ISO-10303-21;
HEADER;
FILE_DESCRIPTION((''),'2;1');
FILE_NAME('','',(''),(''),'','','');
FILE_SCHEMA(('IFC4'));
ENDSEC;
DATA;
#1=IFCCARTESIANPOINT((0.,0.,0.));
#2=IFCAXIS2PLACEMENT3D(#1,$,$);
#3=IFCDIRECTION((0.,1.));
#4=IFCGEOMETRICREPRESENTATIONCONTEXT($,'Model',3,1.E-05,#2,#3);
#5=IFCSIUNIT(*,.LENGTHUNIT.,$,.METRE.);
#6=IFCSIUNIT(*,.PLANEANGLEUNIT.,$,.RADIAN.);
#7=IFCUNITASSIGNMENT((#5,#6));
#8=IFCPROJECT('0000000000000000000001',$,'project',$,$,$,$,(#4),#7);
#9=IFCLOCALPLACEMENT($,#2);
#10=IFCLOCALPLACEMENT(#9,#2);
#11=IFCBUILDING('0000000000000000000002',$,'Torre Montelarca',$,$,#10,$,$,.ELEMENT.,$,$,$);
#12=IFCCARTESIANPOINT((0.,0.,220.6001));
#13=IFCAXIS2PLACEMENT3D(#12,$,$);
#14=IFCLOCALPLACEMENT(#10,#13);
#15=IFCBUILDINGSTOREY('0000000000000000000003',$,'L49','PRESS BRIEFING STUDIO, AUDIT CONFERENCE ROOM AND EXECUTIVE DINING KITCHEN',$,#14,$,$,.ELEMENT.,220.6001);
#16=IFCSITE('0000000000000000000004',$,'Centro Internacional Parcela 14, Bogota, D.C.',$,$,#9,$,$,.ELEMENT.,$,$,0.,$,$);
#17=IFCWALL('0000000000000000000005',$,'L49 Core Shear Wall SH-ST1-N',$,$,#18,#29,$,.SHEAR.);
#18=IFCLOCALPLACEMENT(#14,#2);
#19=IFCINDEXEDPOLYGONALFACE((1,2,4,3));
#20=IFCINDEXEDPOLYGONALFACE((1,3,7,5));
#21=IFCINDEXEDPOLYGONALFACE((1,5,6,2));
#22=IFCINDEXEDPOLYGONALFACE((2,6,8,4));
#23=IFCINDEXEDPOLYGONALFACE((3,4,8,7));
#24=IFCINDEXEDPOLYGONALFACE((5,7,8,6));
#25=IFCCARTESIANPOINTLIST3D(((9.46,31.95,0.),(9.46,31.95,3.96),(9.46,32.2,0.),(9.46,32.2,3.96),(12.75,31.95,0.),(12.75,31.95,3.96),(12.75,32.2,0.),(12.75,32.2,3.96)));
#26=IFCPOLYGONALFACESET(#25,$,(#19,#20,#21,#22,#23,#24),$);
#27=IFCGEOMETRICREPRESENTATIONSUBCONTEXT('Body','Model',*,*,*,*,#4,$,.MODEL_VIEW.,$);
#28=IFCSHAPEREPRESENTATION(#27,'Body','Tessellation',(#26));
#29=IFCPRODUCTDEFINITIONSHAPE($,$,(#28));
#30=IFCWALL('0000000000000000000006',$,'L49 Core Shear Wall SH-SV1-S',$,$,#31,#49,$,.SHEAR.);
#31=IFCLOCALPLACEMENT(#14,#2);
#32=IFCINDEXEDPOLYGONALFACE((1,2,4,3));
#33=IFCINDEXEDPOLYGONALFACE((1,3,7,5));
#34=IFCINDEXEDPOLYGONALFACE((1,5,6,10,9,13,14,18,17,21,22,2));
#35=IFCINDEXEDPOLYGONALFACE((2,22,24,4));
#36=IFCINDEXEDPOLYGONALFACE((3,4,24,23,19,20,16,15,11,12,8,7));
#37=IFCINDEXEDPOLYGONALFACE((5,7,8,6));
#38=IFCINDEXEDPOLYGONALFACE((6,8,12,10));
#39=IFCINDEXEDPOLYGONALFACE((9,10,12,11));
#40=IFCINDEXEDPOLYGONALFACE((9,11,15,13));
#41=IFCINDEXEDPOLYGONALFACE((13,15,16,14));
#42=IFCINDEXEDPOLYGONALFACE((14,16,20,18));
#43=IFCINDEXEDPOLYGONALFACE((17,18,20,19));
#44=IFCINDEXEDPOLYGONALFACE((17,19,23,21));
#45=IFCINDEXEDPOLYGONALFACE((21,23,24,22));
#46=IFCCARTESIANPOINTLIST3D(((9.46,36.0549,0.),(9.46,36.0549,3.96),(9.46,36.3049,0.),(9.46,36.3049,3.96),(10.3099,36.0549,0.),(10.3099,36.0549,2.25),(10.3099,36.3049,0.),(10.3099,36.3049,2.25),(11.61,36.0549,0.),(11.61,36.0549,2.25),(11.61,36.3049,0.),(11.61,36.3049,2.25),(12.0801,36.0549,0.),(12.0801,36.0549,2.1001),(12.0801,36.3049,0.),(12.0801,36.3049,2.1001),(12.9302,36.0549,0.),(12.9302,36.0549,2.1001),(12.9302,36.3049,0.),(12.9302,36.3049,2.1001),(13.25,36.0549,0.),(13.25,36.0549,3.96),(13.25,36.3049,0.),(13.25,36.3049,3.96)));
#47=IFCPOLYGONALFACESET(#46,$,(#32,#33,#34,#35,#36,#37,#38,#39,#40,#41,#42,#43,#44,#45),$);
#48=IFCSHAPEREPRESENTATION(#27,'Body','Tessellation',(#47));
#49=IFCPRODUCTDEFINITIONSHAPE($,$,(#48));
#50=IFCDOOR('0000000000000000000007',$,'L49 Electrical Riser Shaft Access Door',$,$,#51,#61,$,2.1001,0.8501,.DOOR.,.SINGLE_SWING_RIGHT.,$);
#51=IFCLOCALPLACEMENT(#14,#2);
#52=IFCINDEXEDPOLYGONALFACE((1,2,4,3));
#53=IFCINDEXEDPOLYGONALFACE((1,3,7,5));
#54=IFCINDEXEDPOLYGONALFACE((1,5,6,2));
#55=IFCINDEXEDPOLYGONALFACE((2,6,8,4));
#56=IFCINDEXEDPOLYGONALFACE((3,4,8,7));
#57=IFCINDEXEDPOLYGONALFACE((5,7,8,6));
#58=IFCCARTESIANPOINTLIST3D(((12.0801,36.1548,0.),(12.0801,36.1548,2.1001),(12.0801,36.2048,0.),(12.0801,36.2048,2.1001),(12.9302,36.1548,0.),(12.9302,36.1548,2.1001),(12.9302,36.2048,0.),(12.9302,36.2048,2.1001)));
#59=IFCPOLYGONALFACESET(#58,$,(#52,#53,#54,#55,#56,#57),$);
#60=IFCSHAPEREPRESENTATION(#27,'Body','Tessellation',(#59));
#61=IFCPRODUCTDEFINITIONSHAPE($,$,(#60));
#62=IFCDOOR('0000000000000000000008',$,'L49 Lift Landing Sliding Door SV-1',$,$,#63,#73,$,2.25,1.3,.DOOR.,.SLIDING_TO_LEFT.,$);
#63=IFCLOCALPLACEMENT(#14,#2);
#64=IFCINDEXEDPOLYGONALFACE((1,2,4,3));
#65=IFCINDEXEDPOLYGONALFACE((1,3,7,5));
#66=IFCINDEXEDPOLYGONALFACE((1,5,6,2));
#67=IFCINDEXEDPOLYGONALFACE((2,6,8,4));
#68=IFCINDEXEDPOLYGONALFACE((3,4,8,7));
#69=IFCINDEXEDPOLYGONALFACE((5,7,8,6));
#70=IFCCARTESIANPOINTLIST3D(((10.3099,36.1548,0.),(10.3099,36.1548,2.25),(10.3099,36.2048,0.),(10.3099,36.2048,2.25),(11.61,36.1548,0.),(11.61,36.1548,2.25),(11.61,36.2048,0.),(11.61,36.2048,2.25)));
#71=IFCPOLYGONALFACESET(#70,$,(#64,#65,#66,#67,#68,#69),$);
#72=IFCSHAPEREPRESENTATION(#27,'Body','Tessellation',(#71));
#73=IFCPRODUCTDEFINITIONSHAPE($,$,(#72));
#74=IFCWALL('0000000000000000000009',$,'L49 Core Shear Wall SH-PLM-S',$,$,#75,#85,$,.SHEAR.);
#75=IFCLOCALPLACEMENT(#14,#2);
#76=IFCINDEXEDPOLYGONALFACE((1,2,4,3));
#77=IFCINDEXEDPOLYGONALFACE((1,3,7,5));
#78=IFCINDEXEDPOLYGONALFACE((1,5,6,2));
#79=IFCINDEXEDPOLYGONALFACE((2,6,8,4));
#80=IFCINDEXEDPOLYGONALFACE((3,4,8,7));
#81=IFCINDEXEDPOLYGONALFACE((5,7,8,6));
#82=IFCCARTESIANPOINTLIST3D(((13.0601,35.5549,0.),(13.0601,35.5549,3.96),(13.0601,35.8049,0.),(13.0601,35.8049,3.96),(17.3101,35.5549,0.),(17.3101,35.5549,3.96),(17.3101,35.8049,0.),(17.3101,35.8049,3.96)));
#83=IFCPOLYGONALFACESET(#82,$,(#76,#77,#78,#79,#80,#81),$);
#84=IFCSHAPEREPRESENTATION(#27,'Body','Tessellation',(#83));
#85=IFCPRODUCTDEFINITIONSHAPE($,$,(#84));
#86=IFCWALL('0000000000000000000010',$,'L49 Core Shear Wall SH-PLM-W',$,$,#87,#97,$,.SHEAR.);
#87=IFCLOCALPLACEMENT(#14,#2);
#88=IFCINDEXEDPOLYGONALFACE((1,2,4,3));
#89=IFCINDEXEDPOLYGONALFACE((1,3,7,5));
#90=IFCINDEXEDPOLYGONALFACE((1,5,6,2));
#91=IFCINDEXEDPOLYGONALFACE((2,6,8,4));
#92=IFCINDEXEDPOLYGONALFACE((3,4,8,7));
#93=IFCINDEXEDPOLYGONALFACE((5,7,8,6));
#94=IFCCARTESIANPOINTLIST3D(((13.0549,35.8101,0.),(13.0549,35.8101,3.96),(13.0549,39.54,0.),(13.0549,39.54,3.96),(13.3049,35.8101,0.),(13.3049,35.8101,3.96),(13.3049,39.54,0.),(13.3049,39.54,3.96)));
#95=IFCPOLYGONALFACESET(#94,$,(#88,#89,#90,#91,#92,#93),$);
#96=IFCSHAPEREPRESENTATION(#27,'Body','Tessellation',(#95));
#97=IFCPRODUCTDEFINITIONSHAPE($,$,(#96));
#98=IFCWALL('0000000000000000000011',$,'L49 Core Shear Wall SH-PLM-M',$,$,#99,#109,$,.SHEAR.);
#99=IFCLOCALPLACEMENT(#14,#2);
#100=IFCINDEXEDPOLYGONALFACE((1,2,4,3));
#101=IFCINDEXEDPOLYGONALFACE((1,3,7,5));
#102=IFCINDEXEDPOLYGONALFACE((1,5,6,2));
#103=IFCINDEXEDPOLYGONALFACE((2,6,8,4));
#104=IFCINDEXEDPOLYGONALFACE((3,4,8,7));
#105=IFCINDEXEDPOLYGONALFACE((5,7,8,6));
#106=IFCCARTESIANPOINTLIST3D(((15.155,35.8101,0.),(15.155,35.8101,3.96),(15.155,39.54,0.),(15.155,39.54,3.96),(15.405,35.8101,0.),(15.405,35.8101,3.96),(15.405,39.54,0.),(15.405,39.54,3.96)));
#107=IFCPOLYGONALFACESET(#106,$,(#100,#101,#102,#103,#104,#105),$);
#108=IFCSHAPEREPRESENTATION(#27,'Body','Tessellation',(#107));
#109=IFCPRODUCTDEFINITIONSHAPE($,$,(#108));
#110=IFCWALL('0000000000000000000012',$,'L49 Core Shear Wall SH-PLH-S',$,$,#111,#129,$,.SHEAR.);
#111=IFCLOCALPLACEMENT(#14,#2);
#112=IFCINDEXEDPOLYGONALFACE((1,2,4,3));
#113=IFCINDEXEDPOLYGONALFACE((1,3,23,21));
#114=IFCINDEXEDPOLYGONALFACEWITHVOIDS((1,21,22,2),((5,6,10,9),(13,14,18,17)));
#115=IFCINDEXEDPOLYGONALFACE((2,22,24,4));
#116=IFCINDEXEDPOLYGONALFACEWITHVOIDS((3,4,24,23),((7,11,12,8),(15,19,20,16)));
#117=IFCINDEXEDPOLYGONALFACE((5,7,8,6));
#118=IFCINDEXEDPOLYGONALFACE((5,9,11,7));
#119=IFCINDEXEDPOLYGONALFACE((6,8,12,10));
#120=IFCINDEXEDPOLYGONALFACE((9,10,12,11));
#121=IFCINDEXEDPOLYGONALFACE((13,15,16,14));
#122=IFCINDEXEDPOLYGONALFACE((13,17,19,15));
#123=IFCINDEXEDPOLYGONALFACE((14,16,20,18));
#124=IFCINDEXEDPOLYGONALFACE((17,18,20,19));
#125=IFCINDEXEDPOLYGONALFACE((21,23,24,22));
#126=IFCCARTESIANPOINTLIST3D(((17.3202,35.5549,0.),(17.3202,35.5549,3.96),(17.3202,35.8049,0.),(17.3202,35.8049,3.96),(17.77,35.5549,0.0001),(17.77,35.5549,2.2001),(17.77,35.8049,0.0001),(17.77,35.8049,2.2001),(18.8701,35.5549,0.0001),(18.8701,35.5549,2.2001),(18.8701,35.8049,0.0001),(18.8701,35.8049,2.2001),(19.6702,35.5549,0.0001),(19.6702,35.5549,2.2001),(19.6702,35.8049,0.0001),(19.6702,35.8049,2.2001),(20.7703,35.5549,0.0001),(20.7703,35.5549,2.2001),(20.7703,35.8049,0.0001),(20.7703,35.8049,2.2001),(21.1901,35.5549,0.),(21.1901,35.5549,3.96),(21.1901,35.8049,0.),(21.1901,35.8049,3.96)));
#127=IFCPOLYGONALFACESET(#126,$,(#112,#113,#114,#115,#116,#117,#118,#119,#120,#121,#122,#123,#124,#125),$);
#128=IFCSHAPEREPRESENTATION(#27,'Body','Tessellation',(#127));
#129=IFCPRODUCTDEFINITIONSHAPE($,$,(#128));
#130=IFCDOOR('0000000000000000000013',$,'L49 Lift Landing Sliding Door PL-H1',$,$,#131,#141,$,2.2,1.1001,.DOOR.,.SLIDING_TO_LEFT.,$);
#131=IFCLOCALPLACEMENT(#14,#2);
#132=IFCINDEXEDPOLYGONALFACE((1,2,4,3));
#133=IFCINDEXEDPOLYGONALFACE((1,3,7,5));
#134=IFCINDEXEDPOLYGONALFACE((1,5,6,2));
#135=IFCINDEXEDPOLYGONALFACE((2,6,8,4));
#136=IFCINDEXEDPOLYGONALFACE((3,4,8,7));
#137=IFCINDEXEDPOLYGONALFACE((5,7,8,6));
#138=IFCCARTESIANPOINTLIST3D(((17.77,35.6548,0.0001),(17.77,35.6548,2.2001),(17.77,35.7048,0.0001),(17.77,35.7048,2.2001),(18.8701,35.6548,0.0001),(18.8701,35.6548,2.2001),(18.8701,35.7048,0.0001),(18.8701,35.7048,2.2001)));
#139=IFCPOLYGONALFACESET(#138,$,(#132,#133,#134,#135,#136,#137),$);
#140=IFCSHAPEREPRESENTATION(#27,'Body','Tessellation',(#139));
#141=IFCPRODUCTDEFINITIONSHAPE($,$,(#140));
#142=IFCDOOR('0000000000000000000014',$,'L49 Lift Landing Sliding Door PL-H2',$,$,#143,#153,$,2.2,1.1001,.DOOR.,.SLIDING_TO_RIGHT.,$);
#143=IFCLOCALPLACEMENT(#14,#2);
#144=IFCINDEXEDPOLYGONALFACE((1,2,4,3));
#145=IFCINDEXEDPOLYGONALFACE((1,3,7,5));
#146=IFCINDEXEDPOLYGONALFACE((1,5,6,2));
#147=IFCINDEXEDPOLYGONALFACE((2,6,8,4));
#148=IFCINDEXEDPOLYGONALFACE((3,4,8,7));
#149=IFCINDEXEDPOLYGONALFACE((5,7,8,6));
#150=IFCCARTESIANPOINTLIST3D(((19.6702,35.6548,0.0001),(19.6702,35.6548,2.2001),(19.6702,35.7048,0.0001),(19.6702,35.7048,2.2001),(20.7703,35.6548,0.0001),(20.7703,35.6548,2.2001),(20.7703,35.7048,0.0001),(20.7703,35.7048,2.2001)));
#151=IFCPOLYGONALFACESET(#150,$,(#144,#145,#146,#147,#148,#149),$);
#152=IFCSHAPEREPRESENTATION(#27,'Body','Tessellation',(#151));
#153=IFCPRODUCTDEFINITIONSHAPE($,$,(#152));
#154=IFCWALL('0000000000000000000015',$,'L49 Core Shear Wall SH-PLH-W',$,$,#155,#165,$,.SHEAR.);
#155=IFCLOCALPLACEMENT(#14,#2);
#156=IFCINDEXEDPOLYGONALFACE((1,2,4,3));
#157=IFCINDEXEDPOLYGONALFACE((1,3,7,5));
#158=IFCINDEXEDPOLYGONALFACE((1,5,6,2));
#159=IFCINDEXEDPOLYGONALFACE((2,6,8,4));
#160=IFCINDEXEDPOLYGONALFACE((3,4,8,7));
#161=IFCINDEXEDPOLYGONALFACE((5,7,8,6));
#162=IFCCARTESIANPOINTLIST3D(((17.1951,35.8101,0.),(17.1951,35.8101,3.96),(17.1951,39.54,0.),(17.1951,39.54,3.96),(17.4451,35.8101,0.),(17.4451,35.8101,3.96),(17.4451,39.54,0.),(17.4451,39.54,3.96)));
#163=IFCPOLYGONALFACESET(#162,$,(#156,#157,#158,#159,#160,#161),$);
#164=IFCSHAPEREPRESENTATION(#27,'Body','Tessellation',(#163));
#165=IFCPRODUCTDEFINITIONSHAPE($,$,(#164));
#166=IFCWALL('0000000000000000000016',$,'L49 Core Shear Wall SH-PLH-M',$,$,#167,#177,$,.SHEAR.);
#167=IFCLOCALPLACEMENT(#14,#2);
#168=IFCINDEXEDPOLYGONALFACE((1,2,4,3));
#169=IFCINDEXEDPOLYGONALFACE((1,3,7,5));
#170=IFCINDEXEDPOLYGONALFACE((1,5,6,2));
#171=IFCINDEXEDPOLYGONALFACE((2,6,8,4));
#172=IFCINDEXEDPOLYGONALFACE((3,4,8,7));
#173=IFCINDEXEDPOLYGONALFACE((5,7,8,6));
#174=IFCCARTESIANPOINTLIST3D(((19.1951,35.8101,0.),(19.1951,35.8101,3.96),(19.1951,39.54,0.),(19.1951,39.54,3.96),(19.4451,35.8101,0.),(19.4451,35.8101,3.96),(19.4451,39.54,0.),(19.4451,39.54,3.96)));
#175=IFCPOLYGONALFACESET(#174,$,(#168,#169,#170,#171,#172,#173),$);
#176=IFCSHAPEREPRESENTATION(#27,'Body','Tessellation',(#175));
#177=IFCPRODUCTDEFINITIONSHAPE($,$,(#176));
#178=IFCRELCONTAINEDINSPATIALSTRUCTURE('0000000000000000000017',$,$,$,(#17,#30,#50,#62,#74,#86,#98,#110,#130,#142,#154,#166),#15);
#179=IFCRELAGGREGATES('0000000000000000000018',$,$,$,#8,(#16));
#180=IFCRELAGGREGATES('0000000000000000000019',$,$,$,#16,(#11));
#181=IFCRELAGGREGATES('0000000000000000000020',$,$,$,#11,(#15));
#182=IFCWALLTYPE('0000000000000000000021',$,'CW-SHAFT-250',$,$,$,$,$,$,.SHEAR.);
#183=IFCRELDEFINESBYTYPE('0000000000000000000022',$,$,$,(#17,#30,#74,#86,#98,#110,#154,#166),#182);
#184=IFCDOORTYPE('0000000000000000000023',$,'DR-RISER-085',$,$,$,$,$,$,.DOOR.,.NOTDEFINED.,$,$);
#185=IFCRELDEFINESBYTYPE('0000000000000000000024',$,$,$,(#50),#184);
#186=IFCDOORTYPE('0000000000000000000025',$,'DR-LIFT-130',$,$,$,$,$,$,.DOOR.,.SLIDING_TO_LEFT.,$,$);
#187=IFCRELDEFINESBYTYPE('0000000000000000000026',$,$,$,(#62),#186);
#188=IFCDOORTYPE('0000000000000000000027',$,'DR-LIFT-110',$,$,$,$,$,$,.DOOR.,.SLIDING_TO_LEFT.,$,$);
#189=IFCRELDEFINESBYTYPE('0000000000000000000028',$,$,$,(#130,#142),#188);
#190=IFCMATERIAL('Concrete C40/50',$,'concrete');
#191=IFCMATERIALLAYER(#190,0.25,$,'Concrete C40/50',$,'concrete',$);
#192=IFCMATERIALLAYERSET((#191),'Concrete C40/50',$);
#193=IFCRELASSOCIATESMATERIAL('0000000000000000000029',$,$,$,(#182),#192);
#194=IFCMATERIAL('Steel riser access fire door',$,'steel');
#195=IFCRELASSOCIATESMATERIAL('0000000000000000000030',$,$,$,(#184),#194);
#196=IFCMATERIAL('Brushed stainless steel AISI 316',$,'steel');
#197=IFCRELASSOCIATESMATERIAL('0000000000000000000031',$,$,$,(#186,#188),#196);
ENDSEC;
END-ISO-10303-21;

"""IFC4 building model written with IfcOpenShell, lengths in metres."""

from ifc_helpers import new_model, si_unit, direction, frame, frame_2d, origin, place, context, subcontext, project, spatial, rectangle, extrude, source, transform, mapped, material, layer, layer_set, type_object, element, fill, save


model = new_model("IFC4")

# Units and contexts
model_context = context("Model", 3, precision=1e-05, world=origin(), true_north=direction((0.0, 1.0)))
body_context = subcontext(model_context, "Body", "Model", "MODEL_VIEW")
ifc_project = project(units=[si_unit("LENGTHUNIT", "METRE"), si_unit("PLANEANGLEUNIT", "RADIAN")], contexts=[model_context])

# Site, building, storey
site_placement = place(None, origin())
site = spatial("IfcSite", under=ifc_project, at=site_placement, Name="Centro Internacional Parcela 14, Bogota, D.C.", CompositionType="ELEMENT", RefElevation=0.0)
building_placement = place(site_placement, origin())
building = spatial("IfcBuilding", under=site, at=building_placement, Name="Torre Montelarca", CompositionType="ELEMENT")
storey_placement = place(building_placement, frame((0.0, 0.0, 220.6001)))
storey = spatial("IfcBuildingStorey", under=building, at=storey_placement, Name="L49", Description="PRESS BRIEFING STUDIO, AUDIT CONFERENCE ROOM AND EXECUTIVE DINING KITCHEN", CompositionType="ELEMENT", Elevation=220.6001)

# Wall
ifc_material_1 = material(Name="Concrete C40/50", Category="concrete")
ifc_layer_1 = layer(ifc_material_1, 0.25, Name="Concrete C40/50", Category="concrete")
ifc_layer_set_1 = layer_set([ifc_layer_1], Name="Concrete C40/50")
wall_type_1 = type_object("IfcWallType", Name="CW-SHAFT-250", PredefinedType="SHEAR", material=ifc_layer_set_1)
wall_1_placement = place(storey_placement, frame((9.46, 32.075, 0.0), z_axis=(0.0, 0.0, 1.0), x_axis=(1.0, 0.0, 0.0)))
element("IfcWall", 1, at=wall_1_placement, inside=storey, type_object=wall_type_1, Name="L49 Core Shear Wall SH-ST1-N", PredefinedType="SHEAR", context=body_context, shape_type="SweptSolid", body=[
    extrude(rectangle(XDim=3.29, YDim=0.25, at=frame_2d((1.645, 0.0))), origin(), (0.0, 0.0, 1.0), 3.96),
])

# Wall, openings, doors
wall_2_placement = place(storey_placement, frame((9.46, 36.1799, 0.0), z_axis=(0.0, 0.0, 1.0), x_axis=(1.0, 0.0, 0.0)))
wall_2 = element("IfcWall", 2, at=wall_2_placement, inside=storey, type_object=wall_type_1, Name="L49 Core Shear Wall SH-SV1-S", PredefinedType="SHEAR", context=body_context, shape_type="SweptSolid", body=[
    extrude(rectangle(XDim=3.79, YDim=0.25, at=frame_2d((1.895, 0.0))), origin(), (0.0, 0.0, 1.0), 3.96),
])
opening_1_placement = place(wall_2_placement, frame((2.6201, 0.0, 0.0)))
opening_1 = element("IfcOpeningElement", 3, at=opening_1_placement, cuts=wall_2, PredefinedType="OPENING", context=body_context, shape_type="SweptSolid", body=[
    extrude(rectangle(XDim=0.8501, YDim=2.1001, at=frame_2d((0.425, 1.05))), frame((0.0, 0.135, 0.0), z_axis=(0.0, -1.0, 0.0), x_axis=(1.0, 0.0, 0.0)), (0.0, 0.0, 1.0), 0.27),
])
opening_2_placement = place(wall_2_placement, frame((0.8501, 0.0, 0.0)))
opening_2 = element("IfcOpeningElement", 4, at=opening_2_placement, cuts=wall_2, PredefinedType="OPENING", context=body_context, shape_type="SweptSolid", body=[
    extrude(rectangle(XDim=1.3, YDim=2.25, at=frame_2d((0.6499, 1.125))), frame((0.0, 0.135, 0.0), z_axis=(0.0, -1.0, 0.0), x_axis=(1.0, 0.0, 0.0)), (0.0, 0.0, 1.0), 0.27),
])
ifc_material_2 = material(Name="Steel riser access fire door", Category="steel")
door_type_1 = type_object("IfcDoorType", Name="DR-RISER-085", OperationType="NOTDEFINED", PredefinedType="DOOR", material=ifc_material_2)
shared_shape_1 = source(origin(), body_context, "Body", "SweptSolid", [
    extrude(rectangle(XDim=0.8501, YDim=2.1001, at=frame_2d((0.425, 1.05))), frame((0.0, 0.0249, 0.0), z_axis=(0.0, -1.0, 0.0), x_axis=(1.0, 0.0, 0.0)), (0.0, 0.0, 1.0), 0.05),
])
door_1_placement = place(opening_1_placement, origin())
door_1 = element("IfcDoor", 5, at=door_1_placement, inside=storey, type_object=door_type_1, Name="L49 Electrical Riser Shaft Access Door", OperationType="SINGLE_SWING_RIGHT", OverallHeight=2.1001, OverallWidth=0.8501, PredefinedType="DOOR", context=body_context, shape_type="MappedRepresentation", body=[
    mapped(shared_shape_1, transform((0.0, 0.0, 0.0), scale=1.0)),
])
fill(opening_1, door_1)
ifc_material_3 = material(Name="Brushed stainless steel AISI 316", Category="steel")
door_type_2 = type_object("IfcDoorType", Name="DR-LIFT-130", OperationType="SLIDING_TO_LEFT", PredefinedType="DOOR", material=ifc_material_3)
shared_shape_2 = source(origin(), body_context, "Body", "SweptSolid", [
    extrude(rectangle(XDim=1.3, YDim=2.25, at=frame_2d((0.6499, 1.125))), frame((0.0, 0.0249, 0.0), z_axis=(0.0, -1.0, 0.0), x_axis=(1.0, 0.0, 0.0)), (0.0, 0.0, 1.0), 0.05),
])
door_2_placement = place(opening_2_placement, origin())
door_2 = element("IfcDoor", 6, at=door_2_placement, inside=storey, type_object=door_type_2, Name="L49 Lift Landing Sliding Door SV-1", OperationType="SLIDING_TO_LEFT", OverallHeight=2.25, OverallWidth=1.3, PredefinedType="DOOR", context=body_context, shape_type="MappedRepresentation", body=[
    mapped(shared_shape_2, transform((0.0, 0.0, 0.0), scale=1.0)),
])
fill(opening_2, door_2)

# Walls
wall_3_placement = place(storey_placement, frame((13.0601, 35.6799, 0.0), z_axis=(0.0, 0.0, 1.0), x_axis=(1.0, 0.0, 0.0)))
element("IfcWall", 7, at=wall_3_placement, inside=storey, type_object=wall_type_1, Name="L49 Core Shear Wall SH-PLM-S", PredefinedType="SHEAR", context=body_context, shape_type="SweptSolid", body=[
    extrude(rectangle(XDim=4.25, YDim=0.25, at=frame_2d((2.125, 0.0))), origin(), (0.0, 0.0, 1.0), 3.96),
])
for number, where, z_axis, x_axis, name in (
    (8, (13.1799, 35.8101, 0.0), (0.0, 0.0, 1.0), (0.0, 1.0, 0.0), "L49 Core Shear Wall SH-PLM-W"),
    (9, (15.28, 35.8101, 0.0), (0.0, 0.0, 1.0), (0.0, 1.0, 0.0), "L49 Core Shear Wall SH-PLM-M"),
):
    element("IfcWall", number, at=place(storey_placement, frame(where, z_axis=z_axis, x_axis=x_axis)), inside=storey, type_object=wall_type_1, Name=name, PredefinedType="SHEAR", context=body_context, shape_type="SweptSolid", body=[
        extrude(rectangle(XDim=3.73, YDim=0.25, at=frame_2d((1.865, 0.0))), origin(), (0.0, 0.0, 1.0), 3.96),
    ])

# Wall, openings, doors
wall_4_placement = place(storey_placement, frame((17.3201, 35.6799, 0.0), z_axis=(0.0, 0.0, 1.0), x_axis=(1.0, 0.0, 0.0)))
wall_4 = element("IfcWall", 10, at=wall_4_placement, inside=storey, type_object=wall_type_1, Name="L49 Core Shear Wall SH-PLH-S", PredefinedType="SHEAR", context=body_context, shape_type="SweptSolid", body=[
    extrude(rectangle(XDim=3.8699, YDim=0.25, at=frame_2d((1.9351, 0.0))), origin(), (0.0, 0.0, 1.0), 3.96),
])
opening_3_placement = place(wall_4_placement, frame((0.45, 0.0, 0.0)))
opening_3 = element("IfcOpeningElement", 11, at=opening_3_placement, cuts=wall_4, PredefinedType="OPENING", context=body_context, shape_type="SweptSolid", body=[
    extrude(rectangle(XDim=1.1001, YDim=2.2, at=frame_2d((0.55, 1.1001))), frame((0.0, 0.135, 0.0), z_axis=(0.0, -1.0, 0.0), x_axis=(1.0, 0.0, 0.0)), (0.0, 0.0, 1.0), 0.27),
])
opening_4_placement = place(wall_4_placement, frame((2.3501, 0.0, 0.0)))
opening_4 = element("IfcOpeningElement", 12, at=opening_4_placement, cuts=wall_4, PredefinedType="OPENING", context=body_context, shape_type="SweptSolid", body=[
    extrude(rectangle(XDim=1.1001, YDim=2.2, at=frame_2d((0.55, 1.1001))), frame((0.0, 0.135, 0.0), z_axis=(0.0, -1.0, 0.0), x_axis=(1.0, 0.0, 0.0)), (0.0, 0.0, 1.0), 0.27),
])
door_type_3 = type_object("IfcDoorType", Name="DR-LIFT-110", OperationType="SLIDING_TO_LEFT", PredefinedType="DOOR", material=ifc_material_3)
shared_shape_3 = source(origin(), body_context, "Body", "SweptSolid", [
    extrude(rectangle(XDim=1.1001, YDim=2.2, at=frame_2d((0.55, 1.1001))), frame((0.0, 0.0249, 0.0), z_axis=(0.0, -1.0, 0.0), x_axis=(1.0, 0.0, 0.0)), (0.0, 0.0, 1.0), 0.05),
])
door_3_placement = place(opening_3_placement, origin())
door_3 = element("IfcDoor", 13, at=door_3_placement, inside=storey, type_object=door_type_3, Name="L49 Lift Landing Sliding Door PL-H1", OperationType="SLIDING_TO_LEFT", OverallHeight=2.2, OverallWidth=1.1001, PredefinedType="DOOR", context=body_context, shape_type="MappedRepresentation", body=[
    mapped(shared_shape_3, transform((0.0, 0.0, 0.0), scale=1.0)),
])
fill(opening_3, door_3)
door_4_placement = place(opening_4_placement, origin())
door_4 = element("IfcDoor", 14, at=door_4_placement, inside=storey, type_object=door_type_3, Name="L49 Lift Landing Sliding Door PL-H2", OperationType="SLIDING_TO_RIGHT", OverallHeight=2.2, OverallWidth=1.1001, PredefinedType="DOOR", context=body_context, shape_type="MappedRepresentation", body=[
    mapped(shared_shape_3, transform((0.0, 0.0, 0.0), scale=1.0)),
])
fill(opening_4, door_4)

# Walls
for number, where, z_axis, x_axis, name in (
    (15, (17.3201, 35.8101, 0.0), (0.0, 0.0, 1.0), (0.0, 1.0, 0.0), "L49 Core Shear Wall SH-PLH-W"),
    (16, (19.3201, 35.8101, 0.0), (0.0, 0.0, 1.0), (0.0, 1.0, 0.0), "L49 Core Shear Wall SH-PLH-M"),
):
    element("IfcWall", number, at=place(storey_placement, frame(where, z_axis=z_axis, x_axis=x_axis)), inside=storey, type_object=wall_type_1, Name=name, PredefinedType="SHEAR", context=body_context, shape_type="SweptSolid", body=[
        extrude(rectangle(XDim=3.73, YDim=0.25, at=frame_2d((1.865, 0.0))), origin(), (0.0, 0.0, 1.0), 3.96),
    ])

save(model, "model.ifc")
